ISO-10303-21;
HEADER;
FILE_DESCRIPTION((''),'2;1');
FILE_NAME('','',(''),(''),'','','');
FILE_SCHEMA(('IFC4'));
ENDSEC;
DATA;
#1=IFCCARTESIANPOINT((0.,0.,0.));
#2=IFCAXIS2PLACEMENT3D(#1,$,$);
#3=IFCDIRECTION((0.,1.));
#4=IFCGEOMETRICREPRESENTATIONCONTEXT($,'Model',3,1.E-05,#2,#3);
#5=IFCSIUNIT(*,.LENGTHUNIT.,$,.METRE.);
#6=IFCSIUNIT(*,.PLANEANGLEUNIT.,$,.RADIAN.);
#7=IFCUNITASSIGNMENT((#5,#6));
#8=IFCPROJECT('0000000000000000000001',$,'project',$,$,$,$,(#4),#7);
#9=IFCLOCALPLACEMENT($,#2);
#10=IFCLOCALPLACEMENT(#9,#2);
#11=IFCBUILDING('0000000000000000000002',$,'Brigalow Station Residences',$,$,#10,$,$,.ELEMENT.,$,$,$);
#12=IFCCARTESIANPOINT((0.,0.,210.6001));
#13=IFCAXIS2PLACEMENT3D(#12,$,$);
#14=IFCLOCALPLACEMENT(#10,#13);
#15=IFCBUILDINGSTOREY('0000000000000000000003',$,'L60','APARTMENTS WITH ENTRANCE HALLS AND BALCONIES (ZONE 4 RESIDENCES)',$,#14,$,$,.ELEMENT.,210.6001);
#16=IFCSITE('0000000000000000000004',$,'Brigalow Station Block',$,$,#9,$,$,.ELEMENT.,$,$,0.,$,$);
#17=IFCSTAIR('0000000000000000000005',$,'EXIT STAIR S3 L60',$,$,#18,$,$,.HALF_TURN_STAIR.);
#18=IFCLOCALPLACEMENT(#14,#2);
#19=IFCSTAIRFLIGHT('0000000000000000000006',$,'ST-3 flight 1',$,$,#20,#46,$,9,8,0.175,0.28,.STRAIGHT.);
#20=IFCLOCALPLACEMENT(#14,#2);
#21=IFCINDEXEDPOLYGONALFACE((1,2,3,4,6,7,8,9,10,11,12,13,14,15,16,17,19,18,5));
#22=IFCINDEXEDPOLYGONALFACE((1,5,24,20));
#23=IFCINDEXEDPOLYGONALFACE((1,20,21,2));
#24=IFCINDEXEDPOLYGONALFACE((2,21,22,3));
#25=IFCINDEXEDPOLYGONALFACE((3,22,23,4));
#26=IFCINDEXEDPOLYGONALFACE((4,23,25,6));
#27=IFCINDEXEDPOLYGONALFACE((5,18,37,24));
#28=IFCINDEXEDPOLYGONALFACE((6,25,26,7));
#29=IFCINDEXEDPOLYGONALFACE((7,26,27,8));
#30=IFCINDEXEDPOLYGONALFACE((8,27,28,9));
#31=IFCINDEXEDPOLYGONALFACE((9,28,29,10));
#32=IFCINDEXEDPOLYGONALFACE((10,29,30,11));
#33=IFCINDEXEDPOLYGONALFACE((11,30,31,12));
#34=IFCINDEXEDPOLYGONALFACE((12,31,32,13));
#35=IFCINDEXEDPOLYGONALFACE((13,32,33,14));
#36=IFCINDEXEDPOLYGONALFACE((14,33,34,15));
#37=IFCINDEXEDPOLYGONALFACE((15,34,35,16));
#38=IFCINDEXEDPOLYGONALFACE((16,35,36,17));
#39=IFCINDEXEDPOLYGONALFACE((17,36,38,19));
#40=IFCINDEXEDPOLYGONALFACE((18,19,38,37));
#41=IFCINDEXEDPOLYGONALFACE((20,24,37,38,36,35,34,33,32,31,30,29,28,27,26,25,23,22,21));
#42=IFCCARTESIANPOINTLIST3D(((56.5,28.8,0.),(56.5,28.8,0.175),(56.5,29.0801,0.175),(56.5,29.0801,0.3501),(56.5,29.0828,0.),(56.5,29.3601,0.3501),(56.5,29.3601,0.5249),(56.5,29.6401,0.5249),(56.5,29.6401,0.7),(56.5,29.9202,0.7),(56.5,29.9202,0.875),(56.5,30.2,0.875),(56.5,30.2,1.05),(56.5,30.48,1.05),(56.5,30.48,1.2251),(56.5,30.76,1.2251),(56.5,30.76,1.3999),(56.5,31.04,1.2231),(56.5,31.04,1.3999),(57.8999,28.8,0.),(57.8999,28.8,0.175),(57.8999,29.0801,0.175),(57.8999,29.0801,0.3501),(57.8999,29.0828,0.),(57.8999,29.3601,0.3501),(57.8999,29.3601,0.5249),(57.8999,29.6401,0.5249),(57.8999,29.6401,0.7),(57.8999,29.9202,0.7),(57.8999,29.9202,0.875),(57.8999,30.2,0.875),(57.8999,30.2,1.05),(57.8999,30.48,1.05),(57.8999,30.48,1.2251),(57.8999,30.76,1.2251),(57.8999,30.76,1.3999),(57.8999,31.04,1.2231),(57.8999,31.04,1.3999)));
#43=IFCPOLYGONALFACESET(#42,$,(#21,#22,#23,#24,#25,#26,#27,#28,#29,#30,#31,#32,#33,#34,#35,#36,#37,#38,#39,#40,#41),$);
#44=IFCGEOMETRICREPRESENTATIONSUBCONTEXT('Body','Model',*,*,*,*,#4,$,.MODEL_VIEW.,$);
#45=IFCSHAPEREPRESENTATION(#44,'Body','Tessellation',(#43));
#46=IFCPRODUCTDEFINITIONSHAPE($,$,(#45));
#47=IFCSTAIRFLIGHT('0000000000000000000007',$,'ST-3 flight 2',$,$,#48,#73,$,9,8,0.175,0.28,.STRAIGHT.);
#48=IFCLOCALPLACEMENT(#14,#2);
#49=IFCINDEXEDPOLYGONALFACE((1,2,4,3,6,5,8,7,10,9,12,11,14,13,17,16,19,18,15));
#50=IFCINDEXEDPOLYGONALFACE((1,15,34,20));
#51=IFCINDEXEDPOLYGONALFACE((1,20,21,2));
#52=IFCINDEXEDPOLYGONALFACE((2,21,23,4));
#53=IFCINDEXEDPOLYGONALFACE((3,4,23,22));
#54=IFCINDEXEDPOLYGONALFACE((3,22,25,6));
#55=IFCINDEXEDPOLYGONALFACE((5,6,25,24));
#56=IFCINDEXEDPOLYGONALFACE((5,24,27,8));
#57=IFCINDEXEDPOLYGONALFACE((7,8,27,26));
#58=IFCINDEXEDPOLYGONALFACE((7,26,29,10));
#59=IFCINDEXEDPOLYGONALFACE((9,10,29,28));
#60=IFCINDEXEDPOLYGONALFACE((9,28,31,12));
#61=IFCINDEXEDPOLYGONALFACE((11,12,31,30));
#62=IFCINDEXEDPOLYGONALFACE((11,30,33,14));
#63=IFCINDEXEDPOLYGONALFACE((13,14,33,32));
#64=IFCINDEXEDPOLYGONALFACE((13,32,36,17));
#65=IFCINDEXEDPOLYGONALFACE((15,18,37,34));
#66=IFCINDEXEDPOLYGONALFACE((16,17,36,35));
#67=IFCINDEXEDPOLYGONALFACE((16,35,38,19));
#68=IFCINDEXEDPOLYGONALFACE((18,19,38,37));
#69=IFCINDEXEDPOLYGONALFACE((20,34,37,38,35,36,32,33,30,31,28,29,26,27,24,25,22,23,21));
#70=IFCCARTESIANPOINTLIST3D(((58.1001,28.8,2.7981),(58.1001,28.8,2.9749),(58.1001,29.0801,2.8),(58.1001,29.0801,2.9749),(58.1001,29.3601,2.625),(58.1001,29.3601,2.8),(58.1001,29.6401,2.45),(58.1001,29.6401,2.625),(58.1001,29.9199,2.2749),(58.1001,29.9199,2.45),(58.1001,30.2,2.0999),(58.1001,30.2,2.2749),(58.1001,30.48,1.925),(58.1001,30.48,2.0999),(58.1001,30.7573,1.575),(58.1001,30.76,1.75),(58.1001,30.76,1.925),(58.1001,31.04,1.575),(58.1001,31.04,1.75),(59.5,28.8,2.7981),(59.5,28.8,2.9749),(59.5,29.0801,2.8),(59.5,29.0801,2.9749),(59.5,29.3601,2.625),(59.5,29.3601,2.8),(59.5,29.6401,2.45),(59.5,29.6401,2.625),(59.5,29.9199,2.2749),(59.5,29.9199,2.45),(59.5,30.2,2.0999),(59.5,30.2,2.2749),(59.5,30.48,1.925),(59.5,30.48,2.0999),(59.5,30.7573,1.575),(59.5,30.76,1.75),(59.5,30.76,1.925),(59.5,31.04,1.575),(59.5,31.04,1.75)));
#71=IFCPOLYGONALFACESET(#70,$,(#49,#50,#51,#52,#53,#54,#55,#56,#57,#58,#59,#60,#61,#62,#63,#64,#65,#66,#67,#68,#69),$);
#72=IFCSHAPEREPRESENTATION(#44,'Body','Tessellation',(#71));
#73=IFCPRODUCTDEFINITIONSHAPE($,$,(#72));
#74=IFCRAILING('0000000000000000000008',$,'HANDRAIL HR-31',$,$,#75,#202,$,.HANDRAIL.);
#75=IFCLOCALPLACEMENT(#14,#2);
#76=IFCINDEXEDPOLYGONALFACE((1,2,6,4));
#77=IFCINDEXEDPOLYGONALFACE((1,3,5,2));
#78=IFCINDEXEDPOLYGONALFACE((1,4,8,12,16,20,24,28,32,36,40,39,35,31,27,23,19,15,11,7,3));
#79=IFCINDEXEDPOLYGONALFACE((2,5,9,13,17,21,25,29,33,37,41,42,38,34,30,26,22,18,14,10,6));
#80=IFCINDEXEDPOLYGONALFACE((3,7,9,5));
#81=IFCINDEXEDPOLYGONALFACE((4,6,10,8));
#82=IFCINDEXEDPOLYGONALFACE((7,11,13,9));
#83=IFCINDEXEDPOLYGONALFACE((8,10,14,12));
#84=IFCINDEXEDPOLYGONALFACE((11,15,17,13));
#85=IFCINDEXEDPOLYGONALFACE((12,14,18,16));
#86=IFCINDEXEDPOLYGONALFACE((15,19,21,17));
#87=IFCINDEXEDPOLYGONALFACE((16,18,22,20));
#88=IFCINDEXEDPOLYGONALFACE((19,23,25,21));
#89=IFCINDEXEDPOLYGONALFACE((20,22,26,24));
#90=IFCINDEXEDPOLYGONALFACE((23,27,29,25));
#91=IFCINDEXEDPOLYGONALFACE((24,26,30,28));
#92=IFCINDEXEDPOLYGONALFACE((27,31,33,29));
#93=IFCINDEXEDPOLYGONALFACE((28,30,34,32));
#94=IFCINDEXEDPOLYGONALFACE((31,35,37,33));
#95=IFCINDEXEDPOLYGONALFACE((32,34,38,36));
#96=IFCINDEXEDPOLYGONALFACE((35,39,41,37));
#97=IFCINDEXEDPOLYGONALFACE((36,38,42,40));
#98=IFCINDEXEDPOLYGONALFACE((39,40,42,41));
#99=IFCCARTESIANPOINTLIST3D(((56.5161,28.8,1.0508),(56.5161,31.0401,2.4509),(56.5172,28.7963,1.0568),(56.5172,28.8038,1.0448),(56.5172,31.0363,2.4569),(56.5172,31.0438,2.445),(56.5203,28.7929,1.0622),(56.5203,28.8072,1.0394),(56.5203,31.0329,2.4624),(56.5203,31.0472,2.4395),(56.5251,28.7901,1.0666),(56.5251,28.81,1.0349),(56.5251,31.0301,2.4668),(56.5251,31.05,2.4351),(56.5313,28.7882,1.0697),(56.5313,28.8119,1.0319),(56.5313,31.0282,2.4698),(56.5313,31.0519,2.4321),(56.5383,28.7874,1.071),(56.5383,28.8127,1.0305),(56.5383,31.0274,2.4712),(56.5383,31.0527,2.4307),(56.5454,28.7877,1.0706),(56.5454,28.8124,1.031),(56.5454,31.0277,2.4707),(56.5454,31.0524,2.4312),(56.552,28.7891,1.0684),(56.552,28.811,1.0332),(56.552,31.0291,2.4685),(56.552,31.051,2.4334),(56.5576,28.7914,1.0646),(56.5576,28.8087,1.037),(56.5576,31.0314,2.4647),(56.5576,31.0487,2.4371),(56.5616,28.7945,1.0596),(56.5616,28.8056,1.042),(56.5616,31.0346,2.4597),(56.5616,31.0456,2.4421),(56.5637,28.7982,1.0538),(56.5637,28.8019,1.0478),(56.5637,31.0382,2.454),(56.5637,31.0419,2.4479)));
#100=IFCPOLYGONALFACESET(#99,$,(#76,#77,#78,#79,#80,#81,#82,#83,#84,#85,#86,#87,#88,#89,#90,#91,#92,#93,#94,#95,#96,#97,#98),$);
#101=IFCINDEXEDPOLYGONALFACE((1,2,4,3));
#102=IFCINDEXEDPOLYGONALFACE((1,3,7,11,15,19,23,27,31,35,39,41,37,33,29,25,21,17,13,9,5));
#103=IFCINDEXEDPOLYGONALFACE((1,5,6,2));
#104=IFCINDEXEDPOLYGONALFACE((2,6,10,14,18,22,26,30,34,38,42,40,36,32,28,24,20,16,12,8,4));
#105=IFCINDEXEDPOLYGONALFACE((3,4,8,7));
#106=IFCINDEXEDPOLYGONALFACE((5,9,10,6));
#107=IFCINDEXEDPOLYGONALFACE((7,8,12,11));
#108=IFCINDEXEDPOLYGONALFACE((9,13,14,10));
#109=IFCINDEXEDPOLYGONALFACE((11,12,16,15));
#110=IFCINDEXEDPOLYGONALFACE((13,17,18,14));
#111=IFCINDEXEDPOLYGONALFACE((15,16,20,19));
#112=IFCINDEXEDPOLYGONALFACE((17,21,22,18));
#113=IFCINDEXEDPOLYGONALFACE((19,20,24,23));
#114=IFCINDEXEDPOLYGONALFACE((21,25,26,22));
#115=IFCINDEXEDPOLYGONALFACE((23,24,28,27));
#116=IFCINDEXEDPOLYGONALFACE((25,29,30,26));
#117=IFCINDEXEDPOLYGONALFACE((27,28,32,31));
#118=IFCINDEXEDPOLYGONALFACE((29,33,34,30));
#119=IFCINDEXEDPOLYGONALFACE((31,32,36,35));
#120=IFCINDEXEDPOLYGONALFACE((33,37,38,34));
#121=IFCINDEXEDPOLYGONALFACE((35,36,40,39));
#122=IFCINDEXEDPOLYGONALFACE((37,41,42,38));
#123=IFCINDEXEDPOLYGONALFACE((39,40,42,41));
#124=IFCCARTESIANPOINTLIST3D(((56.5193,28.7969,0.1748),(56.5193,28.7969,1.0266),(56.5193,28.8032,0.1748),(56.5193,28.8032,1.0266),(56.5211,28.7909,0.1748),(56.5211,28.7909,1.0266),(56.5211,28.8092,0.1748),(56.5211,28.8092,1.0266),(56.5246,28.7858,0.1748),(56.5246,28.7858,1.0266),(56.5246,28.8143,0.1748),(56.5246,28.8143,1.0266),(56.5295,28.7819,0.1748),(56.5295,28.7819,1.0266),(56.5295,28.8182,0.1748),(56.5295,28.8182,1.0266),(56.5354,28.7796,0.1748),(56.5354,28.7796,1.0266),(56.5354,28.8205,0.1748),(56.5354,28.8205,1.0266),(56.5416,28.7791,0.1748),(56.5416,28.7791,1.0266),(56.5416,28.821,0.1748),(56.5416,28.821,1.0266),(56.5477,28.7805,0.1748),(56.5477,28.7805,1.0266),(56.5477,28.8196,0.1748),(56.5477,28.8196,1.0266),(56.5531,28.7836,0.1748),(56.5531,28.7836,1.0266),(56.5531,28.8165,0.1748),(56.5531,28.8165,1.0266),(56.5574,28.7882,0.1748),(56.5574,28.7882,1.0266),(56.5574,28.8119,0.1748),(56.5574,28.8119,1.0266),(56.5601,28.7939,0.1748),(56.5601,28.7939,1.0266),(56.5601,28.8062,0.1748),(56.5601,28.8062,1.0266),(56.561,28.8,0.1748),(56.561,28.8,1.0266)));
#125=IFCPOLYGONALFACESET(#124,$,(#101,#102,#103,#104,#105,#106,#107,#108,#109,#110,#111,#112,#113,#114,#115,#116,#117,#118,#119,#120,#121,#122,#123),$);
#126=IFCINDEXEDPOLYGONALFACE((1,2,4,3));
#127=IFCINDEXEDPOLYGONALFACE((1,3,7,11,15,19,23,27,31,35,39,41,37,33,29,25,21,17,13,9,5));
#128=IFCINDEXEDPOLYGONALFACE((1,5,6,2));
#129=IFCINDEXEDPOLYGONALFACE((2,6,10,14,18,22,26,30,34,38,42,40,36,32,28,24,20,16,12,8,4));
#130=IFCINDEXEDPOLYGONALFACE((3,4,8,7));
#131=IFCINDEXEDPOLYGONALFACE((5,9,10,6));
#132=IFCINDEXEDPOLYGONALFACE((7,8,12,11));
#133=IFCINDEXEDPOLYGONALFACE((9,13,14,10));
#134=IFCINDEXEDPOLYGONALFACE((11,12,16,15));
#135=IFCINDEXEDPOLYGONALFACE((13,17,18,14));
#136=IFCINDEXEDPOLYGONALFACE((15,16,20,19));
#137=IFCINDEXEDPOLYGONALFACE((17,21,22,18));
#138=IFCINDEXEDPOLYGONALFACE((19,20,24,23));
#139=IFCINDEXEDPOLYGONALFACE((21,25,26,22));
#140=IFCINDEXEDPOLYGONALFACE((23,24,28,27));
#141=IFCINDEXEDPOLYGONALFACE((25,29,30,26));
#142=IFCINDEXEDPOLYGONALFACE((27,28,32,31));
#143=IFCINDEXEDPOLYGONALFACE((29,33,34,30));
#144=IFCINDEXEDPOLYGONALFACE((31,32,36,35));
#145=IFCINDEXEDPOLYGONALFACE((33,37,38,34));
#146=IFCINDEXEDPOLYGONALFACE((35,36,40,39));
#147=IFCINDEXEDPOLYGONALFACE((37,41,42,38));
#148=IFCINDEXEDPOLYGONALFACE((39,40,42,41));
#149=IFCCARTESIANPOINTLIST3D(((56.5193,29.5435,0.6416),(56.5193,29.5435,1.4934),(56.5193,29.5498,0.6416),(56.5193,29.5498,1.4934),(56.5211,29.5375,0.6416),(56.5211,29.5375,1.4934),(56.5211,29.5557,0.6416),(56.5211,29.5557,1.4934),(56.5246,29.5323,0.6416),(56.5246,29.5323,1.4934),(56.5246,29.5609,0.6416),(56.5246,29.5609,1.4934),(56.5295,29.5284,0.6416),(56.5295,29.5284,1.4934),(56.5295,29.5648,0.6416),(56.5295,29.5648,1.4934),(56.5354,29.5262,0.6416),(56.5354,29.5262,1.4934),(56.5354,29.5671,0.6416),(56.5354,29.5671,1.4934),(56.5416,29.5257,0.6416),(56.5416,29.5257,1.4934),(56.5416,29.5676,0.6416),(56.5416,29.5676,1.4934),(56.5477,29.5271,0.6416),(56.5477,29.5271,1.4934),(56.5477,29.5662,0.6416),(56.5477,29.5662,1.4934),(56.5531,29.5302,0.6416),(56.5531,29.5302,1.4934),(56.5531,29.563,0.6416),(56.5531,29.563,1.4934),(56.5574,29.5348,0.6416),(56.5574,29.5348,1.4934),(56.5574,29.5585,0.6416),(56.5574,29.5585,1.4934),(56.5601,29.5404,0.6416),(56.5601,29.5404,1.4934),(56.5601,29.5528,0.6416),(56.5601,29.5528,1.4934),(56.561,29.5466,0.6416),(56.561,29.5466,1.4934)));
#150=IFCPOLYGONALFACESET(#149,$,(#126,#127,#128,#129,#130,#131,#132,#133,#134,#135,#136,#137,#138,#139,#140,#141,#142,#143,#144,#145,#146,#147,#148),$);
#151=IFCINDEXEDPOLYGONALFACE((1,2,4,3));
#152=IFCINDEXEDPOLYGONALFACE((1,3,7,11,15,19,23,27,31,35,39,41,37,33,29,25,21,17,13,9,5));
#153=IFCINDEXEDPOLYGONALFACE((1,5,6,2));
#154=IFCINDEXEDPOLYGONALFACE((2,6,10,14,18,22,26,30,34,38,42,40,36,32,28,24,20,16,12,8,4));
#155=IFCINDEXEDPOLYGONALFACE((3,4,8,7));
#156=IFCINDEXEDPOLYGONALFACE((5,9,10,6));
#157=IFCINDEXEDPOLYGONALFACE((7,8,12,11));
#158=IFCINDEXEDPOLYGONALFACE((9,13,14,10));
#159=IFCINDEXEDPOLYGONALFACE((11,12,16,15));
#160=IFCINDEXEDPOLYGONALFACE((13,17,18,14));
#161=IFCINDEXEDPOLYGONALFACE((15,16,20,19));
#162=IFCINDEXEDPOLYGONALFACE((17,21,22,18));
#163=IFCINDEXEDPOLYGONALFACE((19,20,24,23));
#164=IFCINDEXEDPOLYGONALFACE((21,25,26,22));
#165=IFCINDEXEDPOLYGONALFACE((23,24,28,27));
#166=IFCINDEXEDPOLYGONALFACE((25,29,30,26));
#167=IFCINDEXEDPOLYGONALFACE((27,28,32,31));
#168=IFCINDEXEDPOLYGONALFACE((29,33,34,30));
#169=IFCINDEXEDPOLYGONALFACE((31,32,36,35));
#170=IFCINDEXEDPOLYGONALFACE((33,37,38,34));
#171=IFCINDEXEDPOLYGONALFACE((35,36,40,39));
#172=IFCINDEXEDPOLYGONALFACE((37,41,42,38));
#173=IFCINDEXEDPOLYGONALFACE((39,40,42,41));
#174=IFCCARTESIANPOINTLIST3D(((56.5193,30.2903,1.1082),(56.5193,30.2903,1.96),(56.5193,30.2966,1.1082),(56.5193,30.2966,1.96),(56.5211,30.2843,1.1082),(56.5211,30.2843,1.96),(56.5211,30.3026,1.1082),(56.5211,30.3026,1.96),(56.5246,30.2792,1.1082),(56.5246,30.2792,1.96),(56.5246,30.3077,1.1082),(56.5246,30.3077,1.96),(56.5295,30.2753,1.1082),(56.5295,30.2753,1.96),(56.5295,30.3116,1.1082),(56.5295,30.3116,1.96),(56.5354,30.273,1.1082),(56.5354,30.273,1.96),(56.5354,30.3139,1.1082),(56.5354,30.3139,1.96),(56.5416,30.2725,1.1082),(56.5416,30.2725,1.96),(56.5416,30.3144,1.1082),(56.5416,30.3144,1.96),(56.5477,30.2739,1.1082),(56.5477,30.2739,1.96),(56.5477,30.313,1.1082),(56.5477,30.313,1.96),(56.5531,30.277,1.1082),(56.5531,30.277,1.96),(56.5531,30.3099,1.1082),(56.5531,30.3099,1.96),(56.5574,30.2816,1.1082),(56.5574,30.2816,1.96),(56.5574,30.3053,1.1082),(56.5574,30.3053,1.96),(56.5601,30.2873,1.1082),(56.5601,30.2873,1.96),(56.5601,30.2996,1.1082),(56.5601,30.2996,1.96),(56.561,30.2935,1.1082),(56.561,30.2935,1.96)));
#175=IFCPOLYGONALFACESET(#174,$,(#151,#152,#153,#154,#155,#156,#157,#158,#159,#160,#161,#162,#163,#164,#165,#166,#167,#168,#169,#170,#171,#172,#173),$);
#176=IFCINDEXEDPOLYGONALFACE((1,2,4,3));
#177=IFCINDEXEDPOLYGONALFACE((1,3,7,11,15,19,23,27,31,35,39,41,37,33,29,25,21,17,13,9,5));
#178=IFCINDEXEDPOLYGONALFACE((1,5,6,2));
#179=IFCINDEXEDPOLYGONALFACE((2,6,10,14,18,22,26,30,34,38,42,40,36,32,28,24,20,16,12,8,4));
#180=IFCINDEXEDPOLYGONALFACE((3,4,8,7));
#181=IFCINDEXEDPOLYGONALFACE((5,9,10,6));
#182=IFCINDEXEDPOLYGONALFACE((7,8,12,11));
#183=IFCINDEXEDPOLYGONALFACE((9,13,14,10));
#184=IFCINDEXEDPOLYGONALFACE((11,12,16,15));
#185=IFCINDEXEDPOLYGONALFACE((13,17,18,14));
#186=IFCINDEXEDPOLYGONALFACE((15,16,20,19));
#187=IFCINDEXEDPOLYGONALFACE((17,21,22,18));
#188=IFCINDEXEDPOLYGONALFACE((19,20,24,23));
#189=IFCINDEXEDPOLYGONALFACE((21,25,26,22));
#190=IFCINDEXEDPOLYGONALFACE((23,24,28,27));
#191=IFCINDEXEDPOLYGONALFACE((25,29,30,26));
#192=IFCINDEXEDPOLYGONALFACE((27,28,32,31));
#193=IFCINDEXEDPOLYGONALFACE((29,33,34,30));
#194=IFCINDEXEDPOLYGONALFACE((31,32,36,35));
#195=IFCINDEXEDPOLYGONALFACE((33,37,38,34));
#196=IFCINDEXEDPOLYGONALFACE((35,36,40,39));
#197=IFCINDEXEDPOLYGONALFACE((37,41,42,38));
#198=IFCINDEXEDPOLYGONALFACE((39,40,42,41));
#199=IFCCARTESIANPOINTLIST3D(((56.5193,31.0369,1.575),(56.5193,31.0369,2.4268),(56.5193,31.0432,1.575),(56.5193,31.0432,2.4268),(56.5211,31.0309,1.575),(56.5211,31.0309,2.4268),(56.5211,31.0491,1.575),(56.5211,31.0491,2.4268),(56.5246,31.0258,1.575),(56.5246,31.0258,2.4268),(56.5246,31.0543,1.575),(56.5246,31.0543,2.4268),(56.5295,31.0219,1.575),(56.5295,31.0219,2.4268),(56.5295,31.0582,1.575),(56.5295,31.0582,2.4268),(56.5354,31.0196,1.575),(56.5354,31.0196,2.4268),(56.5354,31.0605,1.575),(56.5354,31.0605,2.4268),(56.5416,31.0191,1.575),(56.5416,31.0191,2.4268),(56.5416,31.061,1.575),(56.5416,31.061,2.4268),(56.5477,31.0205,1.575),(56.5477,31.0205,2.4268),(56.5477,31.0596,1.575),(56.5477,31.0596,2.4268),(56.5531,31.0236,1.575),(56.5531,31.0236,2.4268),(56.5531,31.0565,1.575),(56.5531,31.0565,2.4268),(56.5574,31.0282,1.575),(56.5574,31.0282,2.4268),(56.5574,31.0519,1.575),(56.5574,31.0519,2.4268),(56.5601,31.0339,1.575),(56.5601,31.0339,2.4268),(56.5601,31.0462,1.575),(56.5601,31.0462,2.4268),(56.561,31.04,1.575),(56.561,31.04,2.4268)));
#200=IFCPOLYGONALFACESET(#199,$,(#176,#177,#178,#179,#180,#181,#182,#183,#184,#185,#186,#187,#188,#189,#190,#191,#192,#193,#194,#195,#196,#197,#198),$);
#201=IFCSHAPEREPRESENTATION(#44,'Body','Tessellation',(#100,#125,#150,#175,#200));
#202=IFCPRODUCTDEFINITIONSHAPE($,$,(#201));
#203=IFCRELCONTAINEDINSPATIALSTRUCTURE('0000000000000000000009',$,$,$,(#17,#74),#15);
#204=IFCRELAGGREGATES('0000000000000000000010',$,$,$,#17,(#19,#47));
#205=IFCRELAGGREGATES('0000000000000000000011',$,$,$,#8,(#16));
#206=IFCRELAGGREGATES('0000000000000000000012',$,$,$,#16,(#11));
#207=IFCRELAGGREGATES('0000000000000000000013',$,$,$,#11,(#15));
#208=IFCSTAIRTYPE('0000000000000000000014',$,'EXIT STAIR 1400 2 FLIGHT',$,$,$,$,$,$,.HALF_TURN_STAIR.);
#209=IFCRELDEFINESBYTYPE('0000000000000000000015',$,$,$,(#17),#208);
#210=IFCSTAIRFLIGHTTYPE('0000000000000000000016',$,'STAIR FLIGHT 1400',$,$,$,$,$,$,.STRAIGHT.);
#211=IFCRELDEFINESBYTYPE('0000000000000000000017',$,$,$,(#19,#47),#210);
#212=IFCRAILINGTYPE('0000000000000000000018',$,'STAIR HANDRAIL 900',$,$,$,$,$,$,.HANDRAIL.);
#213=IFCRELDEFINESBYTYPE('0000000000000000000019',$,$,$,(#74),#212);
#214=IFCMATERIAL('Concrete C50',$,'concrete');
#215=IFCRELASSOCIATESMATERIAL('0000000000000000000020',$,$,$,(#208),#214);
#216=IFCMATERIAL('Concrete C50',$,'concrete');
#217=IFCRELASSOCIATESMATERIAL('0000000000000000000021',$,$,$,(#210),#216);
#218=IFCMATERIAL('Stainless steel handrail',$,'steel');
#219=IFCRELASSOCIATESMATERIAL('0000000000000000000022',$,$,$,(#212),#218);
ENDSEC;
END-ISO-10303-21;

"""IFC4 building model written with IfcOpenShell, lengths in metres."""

from ifc_helpers import new_model, si_unit, direction, frame, origin, origin_2d, place, context, subcontext, project, spatial, polyline, circle, outline, extrude, material, type_object, element, aggregate, save


model = new_model("IFC4")

# Units and contexts
model_context = context("Model", 3, precision=1e-05, world=origin(), true_north=direction((0.0, 1.0)))
body_context = subcontext(model_context, "Body", "Model", "MODEL_VIEW")
ifc_project = project(units=[si_unit("LENGTHUNIT", "METRE"), si_unit("PLANEANGLEUNIT", "RADIAN")], contexts=[model_context])

# Site, building, storey
site_placement = place(None, origin())
site = spatial("IfcSite", under=ifc_project, at=site_placement, Name="Brigalow Station Block", CompositionType="ELEMENT", RefElevation=0.0)
building_placement = place(site_placement, origin())
building = spatial("IfcBuilding", under=site, at=building_placement, Name="Brigalow Station Residences", CompositionType="ELEMENT")
storey_placement = place(building_placement, frame((0.0, 0.0, 210.6001)))
storey = spatial("IfcBuildingStorey", under=building, at=storey_placement, Name="L60", Description="APARTMENTS WITH ENTRANCE HALLS AND BALCONIES (ZONE 4 RESIDENCES)", CompositionType="ELEMENT", Elevation=210.6001)

# Stair, stair flights
ifc_material_1 = material(Name="Concrete C50", Category="concrete")
stair_type = type_object("IfcStairType", Name="EXIT STAIR 1400 2 FLIGHT", PredefinedType="HALF_TURN_STAIR", material=ifc_material_1)
stair_placement = place(storey_placement, origin())
stair = element("IfcStair", 1, at=stair_placement, inside=storey, type_object=stair_type, Name="EXIT STAIR S3 L60", PredefinedType="HALF_TURN_STAIR")
ifc_material_2 = material(Name="Concrete C50", Category="concrete")
stair_flight_type = type_object("IfcStairFlightType", Name="STAIR FLIGHT 1400", PredefinedType="STRAIGHT", material=ifc_material_2)
stair_flight_1_placement = place(storey_placement, frame((57.2, 28.8, 0.0), z_axis=(0.0, 0.0, 1.0), x_axis=(0.0, 1.0, 0.0)))
stair_flight_1 = element("IfcStairFlight", 2, at=stair_flight_1_placement, type_object=stair_flight_type, Name="ST-3 flight 1", NumberOfRisers=9, NumberOfTreads=8, PredefinedType="STRAIGHT", RiserHeight=0.175, TreadLength=0.28, context=body_context, shape_type="SweptSolid", body=[
    extrude(outline(polyline([(0.0, 0.0), (0.0, 0.175), (0.28, 0.175), (0.28, 0.3501), (0.5601, 0.3501), (0.5601, 0.5249), (0.8401, 0.5249), (0.8401, 0.7), (1.1201, 0.7), (1.1201, 0.875), (1.3999, 0.875), (1.3999, 1.05), (1.6799, 1.05), (1.6799, 1.2251), (1.96, 1.2251), (1.96, 1.3999), (2.24, 1.3999), (2.24, 1.575), (2.24, 1.2231), (0.2827, 0.0), (0.0, 0.0)])), frame((0.0, 0.7, 0.0), z_axis=(0.0, -1.0, 0.0), x_axis=(1.0, 0.0, 0.0)), (0.0, 0.0, 1.0), 1.3999),
])
stair_flight_2_placement = place(storey_placement, frame((58.8, 31.04, 1.575), z_axis=(0.0, 0.0, 1.0), x_axis=(0.0, -1.0, 0.0)))
stair_flight_2 = element("IfcStairFlight", 3, at=stair_flight_2_placement, type_object=stair_flight_type, Name="ST-3 flight 2", NumberOfRisers=9, NumberOfTreads=8, PredefinedType="STRAIGHT", RiserHeight=0.175, TreadLength=0.28, context=body_context, shape_type="SweptSolid", body=[
    extrude(outline(polyline([(0.0, 0.0), (0.0, 0.175), (0.28, 0.175), (0.28, 0.3501), (0.5601, 0.3501), (0.5601, 0.5249), (0.8401, 0.5249), (0.8401, 0.7), (1.1201, 0.7), (1.1201, 0.875), (1.3999, 0.875), (1.3999, 1.05), (1.6799, 1.05), (1.6799, 1.2251), (1.96, 1.2251), (1.96, 1.3999), (2.24, 1.3999), (2.24, 1.575), (2.24, 1.2231), (0.2827, 0.0), (0.0, 0.0)])), frame((0.0, 0.7, 0.0), z_axis=(0.0, -1.0, 0.0), x_axis=(1.0, 0.0, 0.0)), (0.0, 0.0, 1.0), 1.3999),
])
aggregate(stair, [stair_flight_1, stair_flight_2])

# Railing
ifc_material_3 = material(Name="Stainless steel handrail", Category="steel")
railing_type_1 = type_object("IfcRailingType", Name="STAIR HANDRAIL 900", PredefinedType="HANDRAIL", material=ifc_material_3)
railing_1_placement = place(storey_placement, frame((56.54, 28.8, 0.1748)))
element("IfcRailing", 4, at=railing_1_placement, inside=storey, type_object=railing_type_1, Name="HANDRAIL HR-31", PredefinedType="HANDRAIL", context=body_context, shape_type="SweptSolid", body=[
    extrude(circle(Radius=0.0239, at=origin_2d()), frame((0.0, 0.0, 0.876), z_axis=(0.0, 0.847972, 0.53004), x_axis=(-1.0, 0.0, 0.0)), (0.0, 0.0, 1.0), 2.6416),
    extrude(circle(Radius=0.021, at=origin_2d()), origin(), (0.0, 0.0, 1.0), 0.8518),
    extrude(circle(Radius=0.021, at=origin_2d()), frame((0.0, 0.7466, 0.4668)), (0.0, 0.0, 1.0), 0.8518),
    extrude(circle(Radius=0.021, at=origin_2d()), frame((0.0, 1.4934, 0.9333)), (0.0, 0.0, 1.0), 0.8518),
    extrude(circle(Radius=0.021, at=origin_2d()), frame((0.0, 2.24, 1.4001)), (0.0, 0.0, 1.0), 0.8518),
])

save(model, "model.ifc")
